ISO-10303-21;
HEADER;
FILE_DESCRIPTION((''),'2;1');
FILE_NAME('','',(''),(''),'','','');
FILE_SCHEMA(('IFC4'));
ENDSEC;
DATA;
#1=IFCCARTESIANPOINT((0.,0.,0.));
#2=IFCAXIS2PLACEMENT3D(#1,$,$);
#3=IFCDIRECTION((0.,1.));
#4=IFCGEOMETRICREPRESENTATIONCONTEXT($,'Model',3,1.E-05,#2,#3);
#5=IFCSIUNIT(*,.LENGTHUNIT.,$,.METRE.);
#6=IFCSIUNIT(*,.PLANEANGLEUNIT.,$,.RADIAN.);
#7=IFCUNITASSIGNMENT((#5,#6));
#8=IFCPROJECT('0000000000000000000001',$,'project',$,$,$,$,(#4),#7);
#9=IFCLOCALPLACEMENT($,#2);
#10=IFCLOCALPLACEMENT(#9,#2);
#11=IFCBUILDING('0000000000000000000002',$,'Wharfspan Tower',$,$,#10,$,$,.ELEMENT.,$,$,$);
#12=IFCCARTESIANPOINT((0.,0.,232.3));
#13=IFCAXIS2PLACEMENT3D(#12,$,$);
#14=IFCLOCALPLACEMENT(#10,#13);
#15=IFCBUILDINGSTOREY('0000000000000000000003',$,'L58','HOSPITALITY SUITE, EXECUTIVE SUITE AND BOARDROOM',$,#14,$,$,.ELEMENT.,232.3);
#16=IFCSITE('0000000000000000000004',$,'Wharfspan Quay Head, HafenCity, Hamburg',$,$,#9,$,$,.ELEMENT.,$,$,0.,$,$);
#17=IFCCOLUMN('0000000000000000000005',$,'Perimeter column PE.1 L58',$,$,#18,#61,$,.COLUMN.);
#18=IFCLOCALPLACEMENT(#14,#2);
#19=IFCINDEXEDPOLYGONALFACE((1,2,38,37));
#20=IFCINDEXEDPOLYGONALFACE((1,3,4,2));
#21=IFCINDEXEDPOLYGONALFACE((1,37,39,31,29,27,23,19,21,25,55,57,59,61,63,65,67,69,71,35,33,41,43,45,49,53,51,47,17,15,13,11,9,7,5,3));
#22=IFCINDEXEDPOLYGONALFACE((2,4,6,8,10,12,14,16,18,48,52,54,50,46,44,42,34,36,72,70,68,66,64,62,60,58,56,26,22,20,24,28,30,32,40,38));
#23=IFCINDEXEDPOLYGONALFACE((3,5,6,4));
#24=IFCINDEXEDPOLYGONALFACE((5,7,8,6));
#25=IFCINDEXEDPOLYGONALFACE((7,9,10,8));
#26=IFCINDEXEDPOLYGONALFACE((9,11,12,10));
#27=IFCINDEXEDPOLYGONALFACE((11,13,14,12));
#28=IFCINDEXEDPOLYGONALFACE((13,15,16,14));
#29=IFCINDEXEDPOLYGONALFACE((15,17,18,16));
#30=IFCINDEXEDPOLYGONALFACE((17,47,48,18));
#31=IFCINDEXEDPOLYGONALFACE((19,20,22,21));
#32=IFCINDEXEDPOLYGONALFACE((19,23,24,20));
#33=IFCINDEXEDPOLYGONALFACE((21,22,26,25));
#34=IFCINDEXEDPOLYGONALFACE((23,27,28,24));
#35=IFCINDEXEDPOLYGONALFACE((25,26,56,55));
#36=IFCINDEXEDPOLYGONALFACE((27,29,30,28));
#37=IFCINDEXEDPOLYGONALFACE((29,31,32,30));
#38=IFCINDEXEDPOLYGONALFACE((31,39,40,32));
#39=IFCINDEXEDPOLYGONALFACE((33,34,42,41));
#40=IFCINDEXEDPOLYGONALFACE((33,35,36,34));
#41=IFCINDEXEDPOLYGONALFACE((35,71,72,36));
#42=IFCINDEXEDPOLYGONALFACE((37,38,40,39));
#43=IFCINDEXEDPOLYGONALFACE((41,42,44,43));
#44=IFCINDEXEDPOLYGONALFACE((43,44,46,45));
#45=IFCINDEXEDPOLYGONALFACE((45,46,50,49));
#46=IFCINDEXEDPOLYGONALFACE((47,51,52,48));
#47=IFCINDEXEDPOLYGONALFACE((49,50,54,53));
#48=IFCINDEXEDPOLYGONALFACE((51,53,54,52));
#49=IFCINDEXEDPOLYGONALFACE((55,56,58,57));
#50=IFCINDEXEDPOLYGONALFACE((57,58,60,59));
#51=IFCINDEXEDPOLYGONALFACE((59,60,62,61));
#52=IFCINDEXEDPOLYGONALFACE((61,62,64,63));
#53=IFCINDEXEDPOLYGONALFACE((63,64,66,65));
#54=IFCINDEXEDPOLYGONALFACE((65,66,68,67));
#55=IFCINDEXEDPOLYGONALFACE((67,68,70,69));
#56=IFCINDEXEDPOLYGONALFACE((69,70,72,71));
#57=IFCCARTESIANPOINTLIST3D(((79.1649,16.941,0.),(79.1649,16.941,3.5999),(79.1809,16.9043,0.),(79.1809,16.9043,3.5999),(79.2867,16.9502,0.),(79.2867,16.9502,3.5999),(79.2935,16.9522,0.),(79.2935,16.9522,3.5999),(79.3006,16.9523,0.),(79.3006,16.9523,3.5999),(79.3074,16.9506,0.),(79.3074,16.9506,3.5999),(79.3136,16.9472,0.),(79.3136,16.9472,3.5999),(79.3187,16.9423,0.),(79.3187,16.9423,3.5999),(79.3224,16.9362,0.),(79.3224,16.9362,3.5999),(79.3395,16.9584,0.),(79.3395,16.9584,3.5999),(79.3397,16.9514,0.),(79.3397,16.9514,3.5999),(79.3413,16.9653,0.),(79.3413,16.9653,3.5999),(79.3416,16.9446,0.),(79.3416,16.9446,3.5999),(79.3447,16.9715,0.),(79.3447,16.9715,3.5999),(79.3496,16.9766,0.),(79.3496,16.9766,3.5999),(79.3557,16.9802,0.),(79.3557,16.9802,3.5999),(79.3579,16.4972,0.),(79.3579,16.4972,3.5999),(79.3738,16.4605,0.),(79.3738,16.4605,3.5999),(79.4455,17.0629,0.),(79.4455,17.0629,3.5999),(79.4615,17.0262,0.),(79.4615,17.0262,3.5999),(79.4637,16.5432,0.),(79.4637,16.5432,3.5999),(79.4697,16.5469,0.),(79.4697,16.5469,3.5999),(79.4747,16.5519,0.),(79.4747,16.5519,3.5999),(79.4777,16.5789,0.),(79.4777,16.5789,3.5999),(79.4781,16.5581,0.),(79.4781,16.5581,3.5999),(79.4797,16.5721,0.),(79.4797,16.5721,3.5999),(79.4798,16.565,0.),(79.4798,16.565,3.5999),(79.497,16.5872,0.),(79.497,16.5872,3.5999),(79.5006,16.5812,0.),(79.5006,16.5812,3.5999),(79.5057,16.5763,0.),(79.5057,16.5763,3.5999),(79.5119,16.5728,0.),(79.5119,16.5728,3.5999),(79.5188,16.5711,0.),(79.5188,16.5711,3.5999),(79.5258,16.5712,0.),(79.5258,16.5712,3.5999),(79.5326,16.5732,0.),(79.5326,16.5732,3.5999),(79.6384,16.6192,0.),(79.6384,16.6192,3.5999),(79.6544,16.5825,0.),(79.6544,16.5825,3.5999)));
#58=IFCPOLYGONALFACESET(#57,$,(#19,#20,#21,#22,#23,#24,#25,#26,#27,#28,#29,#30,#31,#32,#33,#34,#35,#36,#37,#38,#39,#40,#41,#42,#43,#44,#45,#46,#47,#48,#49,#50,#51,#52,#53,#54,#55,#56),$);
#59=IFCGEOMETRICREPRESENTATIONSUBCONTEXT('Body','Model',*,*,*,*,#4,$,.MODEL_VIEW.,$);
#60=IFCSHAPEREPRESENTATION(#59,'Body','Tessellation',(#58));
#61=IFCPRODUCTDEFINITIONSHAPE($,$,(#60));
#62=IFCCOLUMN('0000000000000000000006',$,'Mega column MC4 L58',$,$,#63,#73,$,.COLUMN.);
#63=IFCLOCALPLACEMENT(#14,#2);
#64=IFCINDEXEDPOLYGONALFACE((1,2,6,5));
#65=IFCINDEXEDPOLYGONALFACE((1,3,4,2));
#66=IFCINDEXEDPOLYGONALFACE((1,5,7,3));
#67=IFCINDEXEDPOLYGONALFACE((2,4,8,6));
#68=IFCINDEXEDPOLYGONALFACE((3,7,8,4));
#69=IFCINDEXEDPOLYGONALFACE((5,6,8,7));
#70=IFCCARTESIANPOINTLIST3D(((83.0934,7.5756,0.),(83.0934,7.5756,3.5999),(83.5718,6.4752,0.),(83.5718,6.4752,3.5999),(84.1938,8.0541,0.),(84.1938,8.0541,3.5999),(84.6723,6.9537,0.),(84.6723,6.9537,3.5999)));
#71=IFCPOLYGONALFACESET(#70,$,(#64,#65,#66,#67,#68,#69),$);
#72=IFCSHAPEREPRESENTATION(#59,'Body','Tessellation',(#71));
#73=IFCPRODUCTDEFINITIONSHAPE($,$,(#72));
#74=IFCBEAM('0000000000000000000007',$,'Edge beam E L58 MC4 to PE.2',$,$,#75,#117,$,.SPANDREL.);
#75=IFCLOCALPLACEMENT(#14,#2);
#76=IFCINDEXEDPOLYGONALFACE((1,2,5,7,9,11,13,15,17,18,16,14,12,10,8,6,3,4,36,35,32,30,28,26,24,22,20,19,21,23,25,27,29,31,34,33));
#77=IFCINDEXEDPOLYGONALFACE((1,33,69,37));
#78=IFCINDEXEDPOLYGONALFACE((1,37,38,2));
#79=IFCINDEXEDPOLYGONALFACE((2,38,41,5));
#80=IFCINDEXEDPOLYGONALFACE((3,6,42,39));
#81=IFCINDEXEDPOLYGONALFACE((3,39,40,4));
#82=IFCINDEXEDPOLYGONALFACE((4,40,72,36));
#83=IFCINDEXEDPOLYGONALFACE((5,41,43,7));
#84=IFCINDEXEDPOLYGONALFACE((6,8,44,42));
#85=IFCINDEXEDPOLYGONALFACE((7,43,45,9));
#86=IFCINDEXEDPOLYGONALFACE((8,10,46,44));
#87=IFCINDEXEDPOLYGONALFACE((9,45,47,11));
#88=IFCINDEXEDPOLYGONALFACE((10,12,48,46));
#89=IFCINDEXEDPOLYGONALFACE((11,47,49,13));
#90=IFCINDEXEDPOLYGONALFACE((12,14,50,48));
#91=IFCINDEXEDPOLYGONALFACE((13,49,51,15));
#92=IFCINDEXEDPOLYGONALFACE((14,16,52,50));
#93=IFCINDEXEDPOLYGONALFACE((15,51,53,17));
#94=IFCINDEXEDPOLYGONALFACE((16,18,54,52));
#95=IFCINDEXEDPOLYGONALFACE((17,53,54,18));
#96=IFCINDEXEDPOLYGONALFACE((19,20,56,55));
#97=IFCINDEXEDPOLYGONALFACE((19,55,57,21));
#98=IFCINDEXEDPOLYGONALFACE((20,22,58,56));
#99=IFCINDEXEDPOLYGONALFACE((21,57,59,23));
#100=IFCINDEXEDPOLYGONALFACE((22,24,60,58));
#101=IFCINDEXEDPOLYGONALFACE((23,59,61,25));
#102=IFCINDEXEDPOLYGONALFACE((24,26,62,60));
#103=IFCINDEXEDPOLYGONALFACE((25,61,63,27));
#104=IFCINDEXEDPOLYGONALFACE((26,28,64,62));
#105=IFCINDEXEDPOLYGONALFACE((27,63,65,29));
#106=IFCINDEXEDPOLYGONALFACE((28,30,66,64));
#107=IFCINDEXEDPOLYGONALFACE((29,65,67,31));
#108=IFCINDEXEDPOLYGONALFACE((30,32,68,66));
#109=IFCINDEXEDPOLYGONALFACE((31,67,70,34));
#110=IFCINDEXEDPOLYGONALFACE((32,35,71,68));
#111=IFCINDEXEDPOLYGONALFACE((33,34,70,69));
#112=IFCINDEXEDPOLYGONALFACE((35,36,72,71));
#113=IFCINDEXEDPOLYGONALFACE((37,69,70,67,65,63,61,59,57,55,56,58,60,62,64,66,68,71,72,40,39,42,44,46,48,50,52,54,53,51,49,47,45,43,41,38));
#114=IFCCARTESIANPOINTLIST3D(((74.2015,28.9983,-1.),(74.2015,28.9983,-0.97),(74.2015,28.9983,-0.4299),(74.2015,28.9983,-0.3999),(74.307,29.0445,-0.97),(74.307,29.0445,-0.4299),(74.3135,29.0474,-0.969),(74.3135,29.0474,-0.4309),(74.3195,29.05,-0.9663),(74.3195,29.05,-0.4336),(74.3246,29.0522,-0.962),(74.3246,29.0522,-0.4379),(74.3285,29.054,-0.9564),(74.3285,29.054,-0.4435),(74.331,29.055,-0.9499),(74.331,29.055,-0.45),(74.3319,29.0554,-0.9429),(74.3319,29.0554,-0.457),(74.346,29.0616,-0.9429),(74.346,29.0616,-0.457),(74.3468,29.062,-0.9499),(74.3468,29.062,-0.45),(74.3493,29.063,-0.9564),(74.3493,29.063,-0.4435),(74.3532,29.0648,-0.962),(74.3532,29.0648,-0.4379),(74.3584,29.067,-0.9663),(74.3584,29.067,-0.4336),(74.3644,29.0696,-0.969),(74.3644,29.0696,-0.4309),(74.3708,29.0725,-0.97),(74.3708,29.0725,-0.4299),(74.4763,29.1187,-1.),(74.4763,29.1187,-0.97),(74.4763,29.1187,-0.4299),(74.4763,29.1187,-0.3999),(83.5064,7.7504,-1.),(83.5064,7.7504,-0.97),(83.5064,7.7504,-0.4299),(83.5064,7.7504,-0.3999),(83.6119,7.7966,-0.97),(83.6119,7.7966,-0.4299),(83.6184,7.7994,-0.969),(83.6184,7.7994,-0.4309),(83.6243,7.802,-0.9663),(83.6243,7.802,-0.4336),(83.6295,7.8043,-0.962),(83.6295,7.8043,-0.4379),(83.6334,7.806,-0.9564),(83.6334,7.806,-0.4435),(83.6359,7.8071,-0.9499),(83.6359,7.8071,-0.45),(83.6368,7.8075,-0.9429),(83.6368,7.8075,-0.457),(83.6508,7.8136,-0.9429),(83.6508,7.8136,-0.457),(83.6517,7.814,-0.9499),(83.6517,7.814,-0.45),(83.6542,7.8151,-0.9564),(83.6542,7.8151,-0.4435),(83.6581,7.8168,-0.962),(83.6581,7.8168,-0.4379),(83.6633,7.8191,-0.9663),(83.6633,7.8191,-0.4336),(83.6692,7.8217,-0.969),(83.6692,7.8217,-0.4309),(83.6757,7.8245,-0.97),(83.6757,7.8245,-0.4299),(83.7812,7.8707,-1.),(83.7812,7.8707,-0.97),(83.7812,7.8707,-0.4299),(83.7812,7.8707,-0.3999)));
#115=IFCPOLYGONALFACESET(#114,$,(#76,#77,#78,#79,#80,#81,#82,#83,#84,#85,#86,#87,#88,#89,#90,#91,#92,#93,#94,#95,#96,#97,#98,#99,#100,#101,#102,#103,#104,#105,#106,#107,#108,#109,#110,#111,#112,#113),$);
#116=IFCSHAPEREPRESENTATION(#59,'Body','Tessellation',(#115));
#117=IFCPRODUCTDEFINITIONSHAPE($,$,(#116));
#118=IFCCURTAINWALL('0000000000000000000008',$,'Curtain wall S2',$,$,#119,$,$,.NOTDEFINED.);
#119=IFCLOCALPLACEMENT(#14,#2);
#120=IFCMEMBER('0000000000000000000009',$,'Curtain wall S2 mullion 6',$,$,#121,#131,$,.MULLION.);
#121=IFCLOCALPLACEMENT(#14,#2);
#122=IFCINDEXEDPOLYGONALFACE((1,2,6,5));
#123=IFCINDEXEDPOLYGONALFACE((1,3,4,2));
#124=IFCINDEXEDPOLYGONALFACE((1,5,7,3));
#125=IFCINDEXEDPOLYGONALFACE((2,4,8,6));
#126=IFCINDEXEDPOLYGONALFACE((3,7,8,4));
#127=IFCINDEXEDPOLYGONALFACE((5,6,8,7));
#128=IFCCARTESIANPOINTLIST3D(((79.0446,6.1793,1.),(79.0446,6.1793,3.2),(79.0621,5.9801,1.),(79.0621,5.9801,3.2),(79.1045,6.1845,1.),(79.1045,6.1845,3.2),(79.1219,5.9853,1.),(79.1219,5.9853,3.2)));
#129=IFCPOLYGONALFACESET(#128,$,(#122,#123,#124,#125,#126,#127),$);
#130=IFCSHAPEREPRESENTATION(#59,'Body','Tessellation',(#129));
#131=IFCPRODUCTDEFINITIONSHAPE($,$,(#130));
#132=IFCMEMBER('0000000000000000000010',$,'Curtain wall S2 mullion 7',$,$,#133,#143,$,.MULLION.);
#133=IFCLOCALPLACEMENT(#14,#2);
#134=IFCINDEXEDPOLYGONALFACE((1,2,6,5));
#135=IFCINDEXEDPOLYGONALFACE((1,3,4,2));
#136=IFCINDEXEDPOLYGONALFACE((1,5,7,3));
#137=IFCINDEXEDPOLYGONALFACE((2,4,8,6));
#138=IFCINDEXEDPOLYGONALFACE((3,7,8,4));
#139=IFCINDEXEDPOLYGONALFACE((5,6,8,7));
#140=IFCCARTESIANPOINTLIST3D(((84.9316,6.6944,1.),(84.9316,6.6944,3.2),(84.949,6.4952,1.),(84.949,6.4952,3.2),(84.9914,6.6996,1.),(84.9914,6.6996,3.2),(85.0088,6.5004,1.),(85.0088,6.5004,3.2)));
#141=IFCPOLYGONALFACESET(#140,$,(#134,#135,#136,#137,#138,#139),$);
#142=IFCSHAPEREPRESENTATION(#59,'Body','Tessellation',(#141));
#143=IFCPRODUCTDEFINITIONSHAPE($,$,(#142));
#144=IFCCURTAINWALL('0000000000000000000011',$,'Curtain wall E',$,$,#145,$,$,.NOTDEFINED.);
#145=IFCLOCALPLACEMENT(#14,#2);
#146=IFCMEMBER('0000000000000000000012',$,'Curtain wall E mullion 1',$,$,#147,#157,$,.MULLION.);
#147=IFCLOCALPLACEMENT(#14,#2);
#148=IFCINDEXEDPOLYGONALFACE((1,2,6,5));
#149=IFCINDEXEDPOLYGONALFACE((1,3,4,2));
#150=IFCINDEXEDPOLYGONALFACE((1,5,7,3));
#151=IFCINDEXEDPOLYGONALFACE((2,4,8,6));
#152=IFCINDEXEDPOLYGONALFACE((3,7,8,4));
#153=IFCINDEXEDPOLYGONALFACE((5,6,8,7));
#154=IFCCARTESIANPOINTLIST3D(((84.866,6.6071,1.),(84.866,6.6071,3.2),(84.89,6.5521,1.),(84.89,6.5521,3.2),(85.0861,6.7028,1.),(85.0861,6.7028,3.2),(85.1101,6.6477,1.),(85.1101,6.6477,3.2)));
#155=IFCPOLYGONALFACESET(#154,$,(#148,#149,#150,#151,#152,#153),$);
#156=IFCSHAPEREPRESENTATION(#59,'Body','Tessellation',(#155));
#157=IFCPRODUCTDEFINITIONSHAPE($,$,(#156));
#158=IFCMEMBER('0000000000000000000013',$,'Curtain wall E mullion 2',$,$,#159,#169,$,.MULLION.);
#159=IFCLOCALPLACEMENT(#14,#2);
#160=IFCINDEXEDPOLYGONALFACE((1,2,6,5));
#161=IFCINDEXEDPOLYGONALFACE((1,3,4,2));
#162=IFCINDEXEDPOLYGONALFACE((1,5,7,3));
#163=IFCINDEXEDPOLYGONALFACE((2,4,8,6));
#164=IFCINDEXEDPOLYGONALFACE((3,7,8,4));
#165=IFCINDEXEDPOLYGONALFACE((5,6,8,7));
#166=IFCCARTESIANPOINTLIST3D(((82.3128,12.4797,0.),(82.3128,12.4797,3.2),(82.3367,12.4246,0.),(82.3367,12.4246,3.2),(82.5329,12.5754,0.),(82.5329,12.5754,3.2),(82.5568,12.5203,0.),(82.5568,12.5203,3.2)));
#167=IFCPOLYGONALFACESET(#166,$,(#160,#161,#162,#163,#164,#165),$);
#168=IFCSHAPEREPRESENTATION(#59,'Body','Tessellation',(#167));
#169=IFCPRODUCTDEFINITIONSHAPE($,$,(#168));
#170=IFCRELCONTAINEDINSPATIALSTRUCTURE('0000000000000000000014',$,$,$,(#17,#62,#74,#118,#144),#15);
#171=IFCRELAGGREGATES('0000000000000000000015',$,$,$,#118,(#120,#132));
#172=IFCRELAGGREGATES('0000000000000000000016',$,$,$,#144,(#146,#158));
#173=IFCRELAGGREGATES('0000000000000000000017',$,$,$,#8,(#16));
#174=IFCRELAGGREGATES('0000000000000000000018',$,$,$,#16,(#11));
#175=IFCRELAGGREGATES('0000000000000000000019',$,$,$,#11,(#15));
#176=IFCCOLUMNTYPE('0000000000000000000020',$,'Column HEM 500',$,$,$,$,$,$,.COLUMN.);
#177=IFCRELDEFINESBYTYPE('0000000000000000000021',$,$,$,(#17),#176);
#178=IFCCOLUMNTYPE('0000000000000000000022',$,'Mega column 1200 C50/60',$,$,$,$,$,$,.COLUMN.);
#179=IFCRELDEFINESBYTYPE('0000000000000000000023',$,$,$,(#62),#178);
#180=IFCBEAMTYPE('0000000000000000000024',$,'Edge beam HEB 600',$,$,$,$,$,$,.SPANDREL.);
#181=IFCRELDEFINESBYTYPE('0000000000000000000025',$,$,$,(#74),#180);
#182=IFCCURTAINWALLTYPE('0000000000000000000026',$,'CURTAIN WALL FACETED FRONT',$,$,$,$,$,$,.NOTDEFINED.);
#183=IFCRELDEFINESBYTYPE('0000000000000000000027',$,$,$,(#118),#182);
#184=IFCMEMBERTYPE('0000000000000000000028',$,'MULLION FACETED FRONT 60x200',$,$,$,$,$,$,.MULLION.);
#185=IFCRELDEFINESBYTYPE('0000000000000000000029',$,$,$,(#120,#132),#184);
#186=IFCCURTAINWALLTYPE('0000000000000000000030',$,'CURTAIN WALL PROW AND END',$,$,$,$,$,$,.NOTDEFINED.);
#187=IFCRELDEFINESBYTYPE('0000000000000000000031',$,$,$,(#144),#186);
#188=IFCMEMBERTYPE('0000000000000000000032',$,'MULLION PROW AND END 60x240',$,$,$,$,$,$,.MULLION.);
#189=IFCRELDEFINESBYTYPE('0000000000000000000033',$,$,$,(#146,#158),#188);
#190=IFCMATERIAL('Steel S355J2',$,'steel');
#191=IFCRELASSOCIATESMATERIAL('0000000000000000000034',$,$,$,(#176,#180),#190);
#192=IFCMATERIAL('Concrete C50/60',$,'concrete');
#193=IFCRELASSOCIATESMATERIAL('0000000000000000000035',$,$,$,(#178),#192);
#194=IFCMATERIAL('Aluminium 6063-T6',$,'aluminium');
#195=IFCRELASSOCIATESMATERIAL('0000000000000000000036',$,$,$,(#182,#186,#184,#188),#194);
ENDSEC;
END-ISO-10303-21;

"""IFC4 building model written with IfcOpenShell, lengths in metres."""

from ifc_helpers import new_model, si_unit, direction, frame, origin, origin_2d, place, context, subcontext, project, spatial, rectangle, i_section, extrude, material, material_profile, profile_set, type_object, element, aggregate, save


model = new_model("IFC4")

# Units and contexts
model_context = context("Model", 3, precision=1e-05, world=origin(), true_north=direction((0.0, 1.0)))
body_context = subcontext(model_context, "Body", "Model", "MODEL_VIEW")
ifc_project = project(units=[si_unit("LENGTHUNIT", "METRE"), si_unit("PLANEANGLEUNIT", "RADIAN")], contexts=[model_context])

# Site, building, storey
site_placement = place(None, origin())
site = spatial("IfcSite", under=ifc_project, at=site_placement, Name="Wharfspan Quay Head, HafenCity, Hamburg", CompositionType="ELEMENT", RefElevation=0.0)
building_placement = place(site_placement, origin())
building = spatial("IfcBuilding", under=site, at=building_placement, Name="Wharfspan Tower", CompositionType="ELEMENT")
storey_placement = place(building_placement, frame((0.0, 0.0, 232.3)))
storey = spatial("IfcBuildingStorey", under=building, at=storey_placement, Name="L58", Description="HOSPITALITY SUITE, EXECUTIVE SUITE AND BOARDROOM", CompositionType="ELEMENT", Elevation=232.3)

# Columns
ifc_material_1 = material(Name="Steel S355J2", Category="steel")
ifc_material_profile_1 = material_profile(ifc_material_1, i_section(OverallWidth=0.3059, OverallDepth=0.5239, WebThickness=0.021, FlangeThickness=0.04, FilletRadius=0.0271, at=origin_2d()))
ifc_profile_set_1 = profile_set([ifc_material_profile_1], Name="Steel S355J2")
column_type_1 = type_object("IfcColumnType", Name="Column HEM 500", PredefinedType="COLUMN", material=ifc_profile_set_1)
column_1_placement = place(storey_placement, frame((79.4097, 16.7617, 0.0), z_axis=(0.0, 0.0, 1.0), x_axis=(0.917072, 0.398727, 0.0)))
element("IfcColumn", 1, at=column_1_placement, inside=storey, type_object=column_type_1, Name="Perimeter column PE.1 L58", PredefinedType="COLUMN", context=body_context, shape_type="SweptSolid", body=[
    extrude(i_section(OverallWidth=0.3059, OverallDepth=0.5239, WebThickness=0.021, FlangeThickness=0.04, FilletRadius=0.0271, at=origin_2d()), origin(), (0.0, 0.0, 1.0), 3.5999),
])
ifc_material_2 = material(Name="Concrete C50/60", Category="concrete")
ifc_material_profile_2 = material_profile(ifc_material_2, rectangle(XDim=1.2, YDim=1.2, at=origin_2d()))
ifc_profile_set_2 = profile_set([ifc_material_profile_2], Name="Concrete C50/60")
column_type_2 = type_object("IfcColumnType", Name="Mega column 1200 C50/60", PredefinedType="COLUMN", material=ifc_profile_set_2)
column_2_placement = place(storey_placement, frame((83.8828, 7.2646, 0.0), z_axis=(0.0, 0.0, 1.0), x_axis=(-0.398727, 0.917072, 0.0)))
element("IfcColumn", 2, at=column_2_placement, inside=storey, type_object=column_type_2, Name="Mega column MC4 L58", PredefinedType="COLUMN", context=body_context, shape_type="SweptSolid", body=[
    extrude(rectangle(XDim=1.2, YDim=1.2, at=origin_2d()), origin(), (0.0, 0.0, 1.0), 3.5999),
])

# Beam
ifc_material_profile_3 = material_profile(ifc_material_1, i_section(OverallWidth=0.3, OverallDepth=0.6001, WebThickness=0.0154, FlangeThickness=0.03, FilletRadius=0.0271, at=origin_2d()))
ifc_profile_set_3 = profile_set([ifc_material_profile_3], Name="Steel S355J2")
beam_type = type_object("IfcBeamType", Name="Edge beam HEB 600", PredefinedType="SPANDREL", material=ifc_profile_set_3)
beam_placement = place(storey_placement, frame((83.6438, 7.8105, -0.7), z_axis=(-0.401141, 0.916016, 0.0), x_axis=(-0.916016, -0.401141, 0.0)))
element("IfcBeam", 3, at=beam_placement, inside=storey, type_object=beam_type, Name="Edge beam E L58 MC4 to PE.2", PredefinedType="SPANDREL", context=body_context, shape_type="SweptSolid", body=[
    extrude(i_section(OverallWidth=0.3, OverallDepth=0.6001, WebThickness=0.0154, FlangeThickness=0.03, FilletRadius=0.0271, at=origin_2d()), origin(), (0.0, 0.0, 1.0), 23.196),
])

# Curtain walls, members
ifc_material_3 = material(Name="Aluminium 6063-T6", Category="aluminium")
curtain_wall_type_1 = type_object("IfcCurtainWallType", Name="CURTAIN WALL FACETED FRONT", PredefinedType="NOTDEFINED", material=ifc_material_3)
curtain_wall_1_placement = place(storey_placement, origin())
curtain_wall_1 = element("IfcCurtainWall", 4, at=curtain_wall_1_placement, inside=storey, type_object=curtain_wall_type_1, Name="Curtain wall S2", PredefinedType="NOTDEFINED")
ifc_material_profile_4 = material_profile(ifc_material_3, rectangle(XDim=0.2, YDim=0.0601, at=origin_2d()))
ifc_profile_set_4 = profile_set([ifc_material_profile_4], Name="Aluminium 6063-T6")
member_type_1 = type_object("IfcMemberType", Name="MULLION FACETED FRONT 60x200", PredefinedType="MULLION", material=ifc_profile_set_4)
member_1_placement = place(storey_placement, frame((79.0833, 6.0823, 1.0), z_axis=(0.0, 0.0, 1.0), x_axis=(-0.087156, 0.996197, 0.0)))
member_1 = element("IfcMember", 5, at=member_1_placement, type_object=member_type_1, Name="Curtain wall S2 mullion 6", PredefinedType="MULLION", context=body_context, shape_type="SweptSolid", body=[
    extrude(rectangle(XDim=0.2, YDim=0.0601, at=origin_2d()), origin(), (0.0, 0.0, 1.0), 2.2),
])
member_2_placement = place(storey_placement, frame((84.9702, 6.5974, 1.0), z_axis=(0.0, 0.0, 1.0), x_axis=(-0.087156, 0.996197, 0.0)))
member_2 = element("IfcMember", 6, at=member_2_placement, type_object=member_type_1, Name="Curtain wall S2 mullion 7", PredefinedType="MULLION", context=body_context, shape_type="SweptSolid", body=[
    extrude(rectangle(XDim=0.2, YDim=0.0601, at=origin_2d()), origin(), (0.0, 0.0, 1.0), 2.2),
])
curtain_wall_type_2 = type_object("IfcCurtainWallType", Name="CURTAIN WALL PROW AND END", PredefinedType="NOTDEFINED", material=ifc_material_3)
curtain_wall_2_placement = place(storey_placement, origin())
curtain_wall_2 = element("IfcCurtainWall", 7, at=curtain_wall_2_placement, inside=storey, type_object=curtain_wall_type_2, Name="Curtain wall E", PredefinedType="NOTDEFINED")
ifc_material_profile_5 = material_profile(ifc_material_3, rectangle(XDim=0.24, YDim=0.0601, at=origin_2d()))
ifc_profile_set_5 = profile_set([ifc_material_profile_5], Name="Aluminium 6063-T6")
member_type_2 = type_object("IfcMemberType", Name="MULLION PROW AND END 60x240", PredefinedType="MULLION", material=ifc_profile_set_5)
member_3_placement = place(storey_placement, frame((84.988, 6.6274, 1.0), z_axis=(0.0, 0.0, 1.0), x_axis=(-0.917072, -0.398727, 0.0)))
member_3 = element("IfcMember", 8, at=member_3_placement, type_object=member_type_2, Name="Curtain wall E mullion 1", PredefinedType="MULLION", context=body_context, shape_type="SweptSolid", body=[
    extrude(rectangle(XDim=0.24, YDim=0.0601, at=origin_2d()), origin(), (0.0, 0.0, 1.0), 2.2),
])
member_4_placement = place(storey_placement, frame((82.4348, 12.5, 0.0), z_axis=(0.0, 0.0, 1.0), x_axis=(-0.917072, -0.398727, 0.0)))
member_4 = element("IfcMember", 9, at=member_4_placement, type_object=member_type_2, Name="Curtain wall E mullion 2", PredefinedType="MULLION", context=body_context, shape_type="SweptSolid", body=[
    extrude(rectangle(XDim=0.24, YDim=0.0601, at=origin_2d()), origin(), (0.0, 0.0, 1.0), 3.2),
])

aggregate(curtain_wall_1, [member_1, member_2])
aggregate(curtain_wall_2, [member_3, member_4])

save(model, "model.ifc")
